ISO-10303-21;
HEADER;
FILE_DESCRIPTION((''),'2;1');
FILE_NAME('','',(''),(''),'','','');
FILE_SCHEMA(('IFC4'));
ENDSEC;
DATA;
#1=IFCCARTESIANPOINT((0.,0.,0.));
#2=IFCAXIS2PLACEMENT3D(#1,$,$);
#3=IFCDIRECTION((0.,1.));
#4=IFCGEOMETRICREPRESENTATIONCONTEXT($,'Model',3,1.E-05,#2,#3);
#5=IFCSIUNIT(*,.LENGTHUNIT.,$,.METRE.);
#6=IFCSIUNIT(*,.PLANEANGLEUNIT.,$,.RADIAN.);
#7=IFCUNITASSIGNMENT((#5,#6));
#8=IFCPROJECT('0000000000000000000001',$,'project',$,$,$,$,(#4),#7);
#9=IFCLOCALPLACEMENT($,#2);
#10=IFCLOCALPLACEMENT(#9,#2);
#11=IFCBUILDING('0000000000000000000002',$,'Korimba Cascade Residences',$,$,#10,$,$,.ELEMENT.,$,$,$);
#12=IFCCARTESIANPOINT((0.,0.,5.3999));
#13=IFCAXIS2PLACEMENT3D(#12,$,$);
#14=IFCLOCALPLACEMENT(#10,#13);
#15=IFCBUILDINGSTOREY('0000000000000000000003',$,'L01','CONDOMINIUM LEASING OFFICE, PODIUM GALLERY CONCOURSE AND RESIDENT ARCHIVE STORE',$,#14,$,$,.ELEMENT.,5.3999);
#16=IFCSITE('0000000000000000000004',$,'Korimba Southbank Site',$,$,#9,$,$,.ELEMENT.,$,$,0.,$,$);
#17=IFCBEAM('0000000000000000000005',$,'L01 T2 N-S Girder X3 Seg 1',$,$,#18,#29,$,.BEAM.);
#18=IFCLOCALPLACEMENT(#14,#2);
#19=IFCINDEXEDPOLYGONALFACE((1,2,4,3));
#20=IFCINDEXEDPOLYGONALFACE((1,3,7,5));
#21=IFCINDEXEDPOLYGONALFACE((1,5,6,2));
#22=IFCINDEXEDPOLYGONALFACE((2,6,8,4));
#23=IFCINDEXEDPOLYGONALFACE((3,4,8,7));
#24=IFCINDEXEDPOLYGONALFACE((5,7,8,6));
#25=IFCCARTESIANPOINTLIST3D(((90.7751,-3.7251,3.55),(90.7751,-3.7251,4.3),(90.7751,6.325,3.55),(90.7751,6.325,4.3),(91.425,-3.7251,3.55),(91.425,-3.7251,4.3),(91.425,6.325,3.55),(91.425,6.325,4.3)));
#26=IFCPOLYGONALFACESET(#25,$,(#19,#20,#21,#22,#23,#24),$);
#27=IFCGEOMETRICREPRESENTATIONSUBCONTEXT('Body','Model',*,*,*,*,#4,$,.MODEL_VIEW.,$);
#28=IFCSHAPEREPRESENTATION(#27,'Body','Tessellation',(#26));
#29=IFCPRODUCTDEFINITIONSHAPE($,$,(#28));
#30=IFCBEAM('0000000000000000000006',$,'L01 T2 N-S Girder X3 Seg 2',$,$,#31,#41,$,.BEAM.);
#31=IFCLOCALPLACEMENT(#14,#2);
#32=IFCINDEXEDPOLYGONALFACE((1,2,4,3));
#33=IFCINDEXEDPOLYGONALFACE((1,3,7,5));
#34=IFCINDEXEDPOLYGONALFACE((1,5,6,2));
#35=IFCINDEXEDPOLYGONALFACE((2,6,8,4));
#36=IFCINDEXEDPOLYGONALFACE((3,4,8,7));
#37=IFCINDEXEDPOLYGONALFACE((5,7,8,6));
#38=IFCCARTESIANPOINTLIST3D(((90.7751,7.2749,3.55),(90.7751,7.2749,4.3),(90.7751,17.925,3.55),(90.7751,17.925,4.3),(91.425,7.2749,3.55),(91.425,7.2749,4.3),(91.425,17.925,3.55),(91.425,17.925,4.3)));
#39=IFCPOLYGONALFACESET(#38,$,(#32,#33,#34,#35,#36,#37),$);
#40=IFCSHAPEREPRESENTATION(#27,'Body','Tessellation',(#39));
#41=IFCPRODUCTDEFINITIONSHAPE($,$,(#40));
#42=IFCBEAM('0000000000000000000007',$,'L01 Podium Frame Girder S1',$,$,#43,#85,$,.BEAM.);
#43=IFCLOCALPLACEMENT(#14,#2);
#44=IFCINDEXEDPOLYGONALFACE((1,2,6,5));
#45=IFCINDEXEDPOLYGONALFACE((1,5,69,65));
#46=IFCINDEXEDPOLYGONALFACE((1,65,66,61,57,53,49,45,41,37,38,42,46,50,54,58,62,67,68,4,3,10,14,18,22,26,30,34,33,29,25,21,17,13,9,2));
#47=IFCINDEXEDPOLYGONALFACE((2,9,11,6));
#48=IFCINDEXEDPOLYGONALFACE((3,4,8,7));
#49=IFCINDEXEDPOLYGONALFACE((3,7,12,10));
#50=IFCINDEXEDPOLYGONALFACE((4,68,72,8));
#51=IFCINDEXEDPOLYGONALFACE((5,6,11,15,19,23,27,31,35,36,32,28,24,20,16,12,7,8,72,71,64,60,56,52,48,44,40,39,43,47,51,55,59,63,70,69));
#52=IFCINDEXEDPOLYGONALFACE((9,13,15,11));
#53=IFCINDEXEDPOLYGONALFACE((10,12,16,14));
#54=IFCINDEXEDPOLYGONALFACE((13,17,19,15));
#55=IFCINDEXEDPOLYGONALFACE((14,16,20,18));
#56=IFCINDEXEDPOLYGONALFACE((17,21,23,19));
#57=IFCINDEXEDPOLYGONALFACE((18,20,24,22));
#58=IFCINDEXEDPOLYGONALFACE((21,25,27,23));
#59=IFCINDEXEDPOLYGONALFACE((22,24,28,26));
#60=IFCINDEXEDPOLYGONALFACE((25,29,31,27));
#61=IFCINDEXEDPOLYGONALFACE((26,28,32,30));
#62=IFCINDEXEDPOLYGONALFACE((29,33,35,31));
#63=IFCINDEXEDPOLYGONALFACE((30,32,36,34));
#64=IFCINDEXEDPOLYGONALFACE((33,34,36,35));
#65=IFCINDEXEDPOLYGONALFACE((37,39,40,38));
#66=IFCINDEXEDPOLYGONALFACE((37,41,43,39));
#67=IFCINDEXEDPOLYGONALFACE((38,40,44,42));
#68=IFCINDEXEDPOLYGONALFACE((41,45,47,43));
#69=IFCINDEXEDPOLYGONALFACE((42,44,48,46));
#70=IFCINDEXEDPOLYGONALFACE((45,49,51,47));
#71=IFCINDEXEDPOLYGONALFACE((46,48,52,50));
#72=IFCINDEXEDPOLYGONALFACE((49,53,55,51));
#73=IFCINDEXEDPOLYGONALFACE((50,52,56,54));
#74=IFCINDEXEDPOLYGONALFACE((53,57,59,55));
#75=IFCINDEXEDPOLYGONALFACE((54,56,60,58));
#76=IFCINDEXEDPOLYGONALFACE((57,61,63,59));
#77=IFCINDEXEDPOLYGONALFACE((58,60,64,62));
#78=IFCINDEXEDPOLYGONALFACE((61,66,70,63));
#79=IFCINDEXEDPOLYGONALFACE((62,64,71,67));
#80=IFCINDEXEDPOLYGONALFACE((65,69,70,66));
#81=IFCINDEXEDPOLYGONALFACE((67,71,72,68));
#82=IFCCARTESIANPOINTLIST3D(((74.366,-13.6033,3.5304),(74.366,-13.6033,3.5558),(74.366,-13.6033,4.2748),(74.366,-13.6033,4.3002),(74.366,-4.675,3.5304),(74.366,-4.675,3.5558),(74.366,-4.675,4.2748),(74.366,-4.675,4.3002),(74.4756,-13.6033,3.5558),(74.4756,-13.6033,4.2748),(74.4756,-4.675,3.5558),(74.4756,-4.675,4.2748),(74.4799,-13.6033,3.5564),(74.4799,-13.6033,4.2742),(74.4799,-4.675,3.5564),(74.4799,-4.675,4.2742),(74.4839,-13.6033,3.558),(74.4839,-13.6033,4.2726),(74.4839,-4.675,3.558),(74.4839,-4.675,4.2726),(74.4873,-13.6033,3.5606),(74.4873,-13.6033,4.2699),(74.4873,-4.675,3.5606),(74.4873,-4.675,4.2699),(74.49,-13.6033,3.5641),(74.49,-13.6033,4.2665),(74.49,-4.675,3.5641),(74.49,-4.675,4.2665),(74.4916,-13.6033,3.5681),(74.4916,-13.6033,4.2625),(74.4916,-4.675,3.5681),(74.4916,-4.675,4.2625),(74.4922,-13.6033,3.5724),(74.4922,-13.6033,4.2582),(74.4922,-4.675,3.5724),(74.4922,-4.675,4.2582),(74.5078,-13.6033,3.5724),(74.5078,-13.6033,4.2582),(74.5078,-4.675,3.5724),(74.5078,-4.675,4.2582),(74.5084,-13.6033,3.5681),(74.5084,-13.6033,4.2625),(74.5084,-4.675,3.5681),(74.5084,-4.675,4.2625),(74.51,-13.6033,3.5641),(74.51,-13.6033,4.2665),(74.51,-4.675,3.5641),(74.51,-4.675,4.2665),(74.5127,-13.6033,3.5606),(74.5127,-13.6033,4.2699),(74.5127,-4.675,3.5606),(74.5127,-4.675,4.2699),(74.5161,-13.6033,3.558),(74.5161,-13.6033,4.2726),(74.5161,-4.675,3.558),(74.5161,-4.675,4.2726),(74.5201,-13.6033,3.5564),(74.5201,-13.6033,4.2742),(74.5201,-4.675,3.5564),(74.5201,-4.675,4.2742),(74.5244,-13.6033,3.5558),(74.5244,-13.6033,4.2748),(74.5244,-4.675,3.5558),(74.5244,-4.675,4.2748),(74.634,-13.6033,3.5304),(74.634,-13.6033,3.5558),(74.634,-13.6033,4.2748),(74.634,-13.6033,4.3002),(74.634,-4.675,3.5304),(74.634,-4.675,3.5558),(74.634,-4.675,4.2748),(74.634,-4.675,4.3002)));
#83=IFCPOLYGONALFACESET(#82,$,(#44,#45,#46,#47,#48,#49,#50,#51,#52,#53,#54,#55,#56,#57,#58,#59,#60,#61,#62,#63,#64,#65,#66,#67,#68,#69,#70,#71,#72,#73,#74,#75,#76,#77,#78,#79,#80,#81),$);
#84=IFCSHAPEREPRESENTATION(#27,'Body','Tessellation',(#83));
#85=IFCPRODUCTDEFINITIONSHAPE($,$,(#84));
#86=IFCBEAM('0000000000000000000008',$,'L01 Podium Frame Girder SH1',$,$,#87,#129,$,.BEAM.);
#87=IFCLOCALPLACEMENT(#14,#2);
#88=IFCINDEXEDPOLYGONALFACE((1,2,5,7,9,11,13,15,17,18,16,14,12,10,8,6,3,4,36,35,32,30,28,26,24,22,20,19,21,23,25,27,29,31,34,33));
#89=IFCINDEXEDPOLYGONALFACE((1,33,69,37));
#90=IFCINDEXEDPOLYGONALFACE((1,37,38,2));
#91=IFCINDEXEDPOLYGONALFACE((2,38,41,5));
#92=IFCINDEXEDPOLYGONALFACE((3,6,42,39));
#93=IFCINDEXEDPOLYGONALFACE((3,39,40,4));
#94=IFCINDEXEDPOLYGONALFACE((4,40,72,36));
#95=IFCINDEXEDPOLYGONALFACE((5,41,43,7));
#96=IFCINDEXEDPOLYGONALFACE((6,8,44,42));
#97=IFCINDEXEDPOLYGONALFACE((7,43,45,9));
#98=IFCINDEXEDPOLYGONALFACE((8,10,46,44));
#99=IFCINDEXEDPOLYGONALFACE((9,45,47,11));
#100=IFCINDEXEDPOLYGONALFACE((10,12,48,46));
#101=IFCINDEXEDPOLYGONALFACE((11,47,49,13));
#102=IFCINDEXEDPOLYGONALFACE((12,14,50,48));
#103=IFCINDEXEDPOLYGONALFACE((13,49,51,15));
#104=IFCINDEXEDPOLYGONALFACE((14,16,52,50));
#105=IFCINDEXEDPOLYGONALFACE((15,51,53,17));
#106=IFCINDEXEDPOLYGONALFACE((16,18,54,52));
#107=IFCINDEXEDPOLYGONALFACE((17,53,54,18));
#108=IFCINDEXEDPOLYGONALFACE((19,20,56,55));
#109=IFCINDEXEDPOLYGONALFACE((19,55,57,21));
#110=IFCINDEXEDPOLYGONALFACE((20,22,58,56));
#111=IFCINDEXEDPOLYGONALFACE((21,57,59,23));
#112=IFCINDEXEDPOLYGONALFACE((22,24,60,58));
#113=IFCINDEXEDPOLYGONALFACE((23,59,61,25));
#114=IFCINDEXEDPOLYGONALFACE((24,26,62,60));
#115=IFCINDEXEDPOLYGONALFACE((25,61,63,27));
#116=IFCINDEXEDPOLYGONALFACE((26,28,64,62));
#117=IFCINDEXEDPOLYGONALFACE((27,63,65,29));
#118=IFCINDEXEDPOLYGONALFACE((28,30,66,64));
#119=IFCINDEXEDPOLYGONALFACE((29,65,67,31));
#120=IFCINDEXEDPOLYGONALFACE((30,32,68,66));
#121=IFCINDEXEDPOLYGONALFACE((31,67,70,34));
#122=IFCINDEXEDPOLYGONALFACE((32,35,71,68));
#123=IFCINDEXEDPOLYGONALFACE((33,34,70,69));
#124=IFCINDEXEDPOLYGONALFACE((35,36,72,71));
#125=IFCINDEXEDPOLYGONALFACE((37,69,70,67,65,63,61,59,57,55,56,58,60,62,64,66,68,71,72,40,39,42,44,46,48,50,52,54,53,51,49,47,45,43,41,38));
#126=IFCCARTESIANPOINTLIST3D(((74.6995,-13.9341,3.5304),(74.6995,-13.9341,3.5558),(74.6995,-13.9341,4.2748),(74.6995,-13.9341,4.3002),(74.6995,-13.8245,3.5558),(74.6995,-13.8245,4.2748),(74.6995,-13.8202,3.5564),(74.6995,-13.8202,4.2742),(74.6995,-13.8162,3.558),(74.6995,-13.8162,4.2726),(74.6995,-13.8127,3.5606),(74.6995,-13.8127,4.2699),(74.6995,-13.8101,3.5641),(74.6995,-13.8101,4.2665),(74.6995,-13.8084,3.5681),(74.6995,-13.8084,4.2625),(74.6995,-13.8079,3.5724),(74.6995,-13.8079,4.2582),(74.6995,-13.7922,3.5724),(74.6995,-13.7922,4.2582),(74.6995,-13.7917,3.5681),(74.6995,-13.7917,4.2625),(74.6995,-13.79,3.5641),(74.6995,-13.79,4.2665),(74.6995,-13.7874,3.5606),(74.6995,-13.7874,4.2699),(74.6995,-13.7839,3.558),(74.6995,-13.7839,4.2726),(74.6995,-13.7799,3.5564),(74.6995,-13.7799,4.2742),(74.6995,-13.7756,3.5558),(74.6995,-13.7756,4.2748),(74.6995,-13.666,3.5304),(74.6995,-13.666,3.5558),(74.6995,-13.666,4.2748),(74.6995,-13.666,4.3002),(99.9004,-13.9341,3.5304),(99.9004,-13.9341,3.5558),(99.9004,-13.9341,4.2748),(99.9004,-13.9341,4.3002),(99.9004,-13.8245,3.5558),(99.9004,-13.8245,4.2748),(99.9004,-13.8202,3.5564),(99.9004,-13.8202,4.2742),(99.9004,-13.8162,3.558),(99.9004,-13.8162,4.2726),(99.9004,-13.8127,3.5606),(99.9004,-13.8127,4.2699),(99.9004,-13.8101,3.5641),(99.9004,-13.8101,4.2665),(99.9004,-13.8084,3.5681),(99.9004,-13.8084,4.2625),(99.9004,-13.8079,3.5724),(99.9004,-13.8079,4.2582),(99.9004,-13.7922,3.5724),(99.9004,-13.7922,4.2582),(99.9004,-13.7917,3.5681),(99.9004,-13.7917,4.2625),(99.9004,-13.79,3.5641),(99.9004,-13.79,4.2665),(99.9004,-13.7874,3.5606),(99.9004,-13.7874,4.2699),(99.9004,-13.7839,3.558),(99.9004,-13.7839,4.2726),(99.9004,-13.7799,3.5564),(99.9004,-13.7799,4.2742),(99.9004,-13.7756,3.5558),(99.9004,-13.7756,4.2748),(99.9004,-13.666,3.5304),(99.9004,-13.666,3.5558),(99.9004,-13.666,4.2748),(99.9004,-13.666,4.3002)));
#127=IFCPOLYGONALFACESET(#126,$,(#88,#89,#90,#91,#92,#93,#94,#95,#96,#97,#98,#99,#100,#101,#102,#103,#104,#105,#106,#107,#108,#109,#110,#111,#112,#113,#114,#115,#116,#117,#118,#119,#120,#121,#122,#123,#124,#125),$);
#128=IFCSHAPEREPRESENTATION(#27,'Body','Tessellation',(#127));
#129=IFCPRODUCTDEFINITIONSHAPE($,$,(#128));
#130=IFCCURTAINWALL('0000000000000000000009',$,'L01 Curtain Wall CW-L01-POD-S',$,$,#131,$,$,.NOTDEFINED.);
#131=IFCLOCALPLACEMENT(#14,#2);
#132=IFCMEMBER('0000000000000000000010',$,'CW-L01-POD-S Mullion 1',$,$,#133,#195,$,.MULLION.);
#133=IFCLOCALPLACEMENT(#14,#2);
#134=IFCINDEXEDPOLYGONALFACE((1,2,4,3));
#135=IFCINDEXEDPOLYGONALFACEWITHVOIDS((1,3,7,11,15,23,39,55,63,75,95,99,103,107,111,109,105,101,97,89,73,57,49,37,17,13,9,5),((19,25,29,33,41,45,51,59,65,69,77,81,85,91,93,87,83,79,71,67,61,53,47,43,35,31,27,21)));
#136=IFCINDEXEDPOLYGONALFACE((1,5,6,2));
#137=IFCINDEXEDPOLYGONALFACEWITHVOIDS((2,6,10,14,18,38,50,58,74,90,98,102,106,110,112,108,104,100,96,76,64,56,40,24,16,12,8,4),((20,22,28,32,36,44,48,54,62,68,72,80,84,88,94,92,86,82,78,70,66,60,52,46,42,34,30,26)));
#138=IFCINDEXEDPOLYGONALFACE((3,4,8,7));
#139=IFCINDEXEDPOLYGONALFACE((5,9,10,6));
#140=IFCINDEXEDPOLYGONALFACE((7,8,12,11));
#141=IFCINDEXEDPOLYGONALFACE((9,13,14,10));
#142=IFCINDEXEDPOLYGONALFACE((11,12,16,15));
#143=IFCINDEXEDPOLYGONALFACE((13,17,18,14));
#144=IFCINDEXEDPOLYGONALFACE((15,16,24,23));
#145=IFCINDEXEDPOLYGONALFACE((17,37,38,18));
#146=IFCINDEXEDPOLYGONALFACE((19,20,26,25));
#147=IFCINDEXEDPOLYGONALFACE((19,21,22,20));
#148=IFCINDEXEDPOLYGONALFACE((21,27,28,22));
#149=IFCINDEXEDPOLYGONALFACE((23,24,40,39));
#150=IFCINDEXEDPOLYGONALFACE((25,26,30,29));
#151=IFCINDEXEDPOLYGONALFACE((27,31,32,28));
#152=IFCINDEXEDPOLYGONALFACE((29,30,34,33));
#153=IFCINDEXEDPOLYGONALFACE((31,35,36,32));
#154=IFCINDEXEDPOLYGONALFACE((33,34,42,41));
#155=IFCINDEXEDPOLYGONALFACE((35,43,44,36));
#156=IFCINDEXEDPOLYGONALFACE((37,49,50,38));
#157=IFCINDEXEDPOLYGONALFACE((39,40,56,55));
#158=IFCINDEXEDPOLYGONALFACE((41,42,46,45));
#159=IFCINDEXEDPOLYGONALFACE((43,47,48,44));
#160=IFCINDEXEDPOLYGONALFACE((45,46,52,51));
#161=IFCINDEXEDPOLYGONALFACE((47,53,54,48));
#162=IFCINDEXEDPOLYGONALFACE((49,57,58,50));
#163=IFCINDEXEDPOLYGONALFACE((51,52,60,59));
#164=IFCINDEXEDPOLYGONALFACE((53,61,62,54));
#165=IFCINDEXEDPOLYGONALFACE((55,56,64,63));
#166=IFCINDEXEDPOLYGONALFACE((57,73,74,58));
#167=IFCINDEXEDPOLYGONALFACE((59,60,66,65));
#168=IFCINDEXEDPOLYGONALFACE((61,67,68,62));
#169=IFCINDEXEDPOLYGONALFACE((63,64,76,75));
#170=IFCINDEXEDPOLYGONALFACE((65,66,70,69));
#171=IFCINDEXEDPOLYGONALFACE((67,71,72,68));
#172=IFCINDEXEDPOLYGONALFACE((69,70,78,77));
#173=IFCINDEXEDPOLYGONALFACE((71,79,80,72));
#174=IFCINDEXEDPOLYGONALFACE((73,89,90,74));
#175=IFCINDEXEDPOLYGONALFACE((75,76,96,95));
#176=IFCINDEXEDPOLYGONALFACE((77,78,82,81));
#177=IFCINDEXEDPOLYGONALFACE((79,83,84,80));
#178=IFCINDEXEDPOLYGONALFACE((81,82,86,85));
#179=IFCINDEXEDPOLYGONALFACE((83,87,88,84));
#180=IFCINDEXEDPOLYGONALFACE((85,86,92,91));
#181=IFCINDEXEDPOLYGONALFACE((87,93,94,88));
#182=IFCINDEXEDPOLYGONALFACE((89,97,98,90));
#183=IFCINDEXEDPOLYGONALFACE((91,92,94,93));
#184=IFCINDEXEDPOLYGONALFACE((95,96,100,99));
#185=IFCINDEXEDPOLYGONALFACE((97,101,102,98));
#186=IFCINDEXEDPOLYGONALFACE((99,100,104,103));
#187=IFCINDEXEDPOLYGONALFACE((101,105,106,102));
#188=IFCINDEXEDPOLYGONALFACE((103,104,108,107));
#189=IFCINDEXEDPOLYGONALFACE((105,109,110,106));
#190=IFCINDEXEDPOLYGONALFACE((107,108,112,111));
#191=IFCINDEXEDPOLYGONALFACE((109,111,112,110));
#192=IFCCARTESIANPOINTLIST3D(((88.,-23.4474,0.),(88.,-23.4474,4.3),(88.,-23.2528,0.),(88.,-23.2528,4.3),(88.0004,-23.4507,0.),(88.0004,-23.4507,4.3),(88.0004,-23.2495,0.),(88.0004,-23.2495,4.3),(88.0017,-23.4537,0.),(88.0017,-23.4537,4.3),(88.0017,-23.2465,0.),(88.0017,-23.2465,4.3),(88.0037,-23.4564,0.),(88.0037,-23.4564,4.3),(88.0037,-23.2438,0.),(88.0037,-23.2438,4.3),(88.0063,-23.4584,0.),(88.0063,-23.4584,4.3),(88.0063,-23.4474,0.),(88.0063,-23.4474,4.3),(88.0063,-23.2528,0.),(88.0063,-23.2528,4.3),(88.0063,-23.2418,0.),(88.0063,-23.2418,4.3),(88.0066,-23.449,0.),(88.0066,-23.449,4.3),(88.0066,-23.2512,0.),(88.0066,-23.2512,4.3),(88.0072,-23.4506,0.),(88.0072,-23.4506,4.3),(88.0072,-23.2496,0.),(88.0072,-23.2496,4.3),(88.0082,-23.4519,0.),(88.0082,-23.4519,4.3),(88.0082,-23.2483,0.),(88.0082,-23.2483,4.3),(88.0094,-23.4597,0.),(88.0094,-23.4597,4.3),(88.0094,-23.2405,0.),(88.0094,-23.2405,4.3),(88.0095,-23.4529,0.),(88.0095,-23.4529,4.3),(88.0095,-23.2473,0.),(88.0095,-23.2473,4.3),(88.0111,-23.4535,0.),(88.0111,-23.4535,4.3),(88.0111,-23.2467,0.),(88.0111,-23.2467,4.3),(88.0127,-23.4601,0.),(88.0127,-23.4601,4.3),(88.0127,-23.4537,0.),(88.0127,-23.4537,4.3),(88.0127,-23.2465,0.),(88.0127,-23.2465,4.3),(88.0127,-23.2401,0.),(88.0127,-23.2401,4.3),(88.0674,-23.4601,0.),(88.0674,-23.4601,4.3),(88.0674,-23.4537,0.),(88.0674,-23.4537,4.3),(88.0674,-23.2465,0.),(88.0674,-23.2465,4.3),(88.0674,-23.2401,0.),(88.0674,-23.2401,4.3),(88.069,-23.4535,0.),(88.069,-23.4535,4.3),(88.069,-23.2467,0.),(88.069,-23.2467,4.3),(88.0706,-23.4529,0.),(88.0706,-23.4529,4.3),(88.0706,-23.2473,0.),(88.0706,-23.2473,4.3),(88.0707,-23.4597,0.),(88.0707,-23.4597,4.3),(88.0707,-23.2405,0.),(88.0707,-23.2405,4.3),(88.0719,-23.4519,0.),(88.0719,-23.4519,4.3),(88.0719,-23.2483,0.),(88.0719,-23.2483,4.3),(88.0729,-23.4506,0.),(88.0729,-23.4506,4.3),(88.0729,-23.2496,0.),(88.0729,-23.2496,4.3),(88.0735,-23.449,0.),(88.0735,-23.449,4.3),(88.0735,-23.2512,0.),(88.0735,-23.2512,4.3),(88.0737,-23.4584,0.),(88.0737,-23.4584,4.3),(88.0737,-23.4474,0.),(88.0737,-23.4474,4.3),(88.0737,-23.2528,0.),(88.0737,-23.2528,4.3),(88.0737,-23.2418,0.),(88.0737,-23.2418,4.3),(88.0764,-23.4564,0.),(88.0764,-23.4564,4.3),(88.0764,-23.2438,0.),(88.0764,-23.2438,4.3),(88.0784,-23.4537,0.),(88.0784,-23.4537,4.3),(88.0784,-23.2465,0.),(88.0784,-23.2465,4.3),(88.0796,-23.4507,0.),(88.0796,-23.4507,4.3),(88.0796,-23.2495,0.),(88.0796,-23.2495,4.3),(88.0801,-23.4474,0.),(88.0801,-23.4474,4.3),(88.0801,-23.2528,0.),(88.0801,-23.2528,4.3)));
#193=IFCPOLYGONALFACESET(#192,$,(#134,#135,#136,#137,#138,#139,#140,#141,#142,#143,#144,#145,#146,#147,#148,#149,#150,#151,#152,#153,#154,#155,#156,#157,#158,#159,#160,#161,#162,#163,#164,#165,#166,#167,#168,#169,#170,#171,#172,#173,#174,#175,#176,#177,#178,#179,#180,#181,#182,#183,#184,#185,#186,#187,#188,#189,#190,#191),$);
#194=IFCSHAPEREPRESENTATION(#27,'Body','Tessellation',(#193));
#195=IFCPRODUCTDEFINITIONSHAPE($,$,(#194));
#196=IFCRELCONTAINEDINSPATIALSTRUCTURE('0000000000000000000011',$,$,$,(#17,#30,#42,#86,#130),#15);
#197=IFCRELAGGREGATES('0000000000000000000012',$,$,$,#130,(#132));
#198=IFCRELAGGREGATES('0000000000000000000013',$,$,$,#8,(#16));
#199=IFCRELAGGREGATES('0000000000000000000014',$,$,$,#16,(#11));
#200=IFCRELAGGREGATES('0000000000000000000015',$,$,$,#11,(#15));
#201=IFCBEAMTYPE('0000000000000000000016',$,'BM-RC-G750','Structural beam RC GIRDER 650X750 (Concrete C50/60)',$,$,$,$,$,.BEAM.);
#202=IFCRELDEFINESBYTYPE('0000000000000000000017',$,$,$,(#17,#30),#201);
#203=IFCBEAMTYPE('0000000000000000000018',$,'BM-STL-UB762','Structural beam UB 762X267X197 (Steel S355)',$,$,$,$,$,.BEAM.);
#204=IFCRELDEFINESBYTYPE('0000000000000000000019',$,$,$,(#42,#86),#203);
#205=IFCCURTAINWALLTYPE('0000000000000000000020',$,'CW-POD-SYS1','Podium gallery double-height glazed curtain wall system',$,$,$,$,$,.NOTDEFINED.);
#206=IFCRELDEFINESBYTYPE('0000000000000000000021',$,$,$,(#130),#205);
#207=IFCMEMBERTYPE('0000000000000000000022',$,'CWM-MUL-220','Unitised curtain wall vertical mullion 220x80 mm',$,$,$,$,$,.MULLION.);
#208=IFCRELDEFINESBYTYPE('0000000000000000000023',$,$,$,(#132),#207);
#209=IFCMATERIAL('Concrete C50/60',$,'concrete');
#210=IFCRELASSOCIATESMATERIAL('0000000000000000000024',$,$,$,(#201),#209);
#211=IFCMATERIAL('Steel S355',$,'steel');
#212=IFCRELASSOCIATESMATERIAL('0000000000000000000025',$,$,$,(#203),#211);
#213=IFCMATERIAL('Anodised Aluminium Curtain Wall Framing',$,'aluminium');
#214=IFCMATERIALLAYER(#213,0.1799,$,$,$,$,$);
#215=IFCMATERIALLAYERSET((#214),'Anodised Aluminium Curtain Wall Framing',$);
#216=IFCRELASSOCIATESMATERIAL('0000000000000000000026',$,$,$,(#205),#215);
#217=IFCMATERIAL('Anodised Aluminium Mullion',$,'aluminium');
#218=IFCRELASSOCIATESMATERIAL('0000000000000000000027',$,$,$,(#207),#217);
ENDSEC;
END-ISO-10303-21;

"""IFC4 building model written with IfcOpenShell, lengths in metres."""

from ifc_helpers import new_model, si_unit, direction, frame, origin, origin_2d, place, context, subcontext, project, spatial, rectangle, hollow_rectangle, i_section, extrude, material, layer, layer_set, material_profile, profile_set, type_object, element, aggregate, save


model = new_model("IFC4")

# Units and contexts
model_context = context("Model", 3, precision=1e-05, world=origin(), true_north=direction((0.0, 1.0)))
body_context = subcontext(model_context, "Body", "Model", "MODEL_VIEW")
ifc_project = project(units=[si_unit("LENGTHUNIT", "METRE"), si_unit("PLANEANGLEUNIT", "RADIAN")], contexts=[model_context])

# Site, building, storey
site_placement = place(None, origin())
site = spatial("IfcSite", under=ifc_project, at=site_placement, Name="Korimba Southbank Site", CompositionType="ELEMENT", RefElevation=0.0)
building_placement = place(site_placement, origin())
building = spatial("IfcBuilding", under=site, at=building_placement, Name="Korimba Cascade Residences", CompositionType="ELEMENT")
storey_placement = place(building_placement, frame((0.0, 0.0, 5.3999)))
storey = spatial("IfcBuildingStorey", under=building, at=storey_placement, Name="L01", Description="CONDOMINIUM LEASING OFFICE, PODIUM GALLERY CONCOURSE AND RESIDENT ARCHIVE STORE", CompositionType="ELEMENT", Elevation=5.3999)

# Shared definitions
ifc_material_1 = material(Name="Steel S355", Category="steel")

# Beams
ifc_material_2 = material(Name="Concrete C50/60", Category="concrete")
ifc_material_profile_1 = material_profile(ifc_material_2, rectangle(XDim=0.6499, YDim=0.75, at=origin_2d()), Name="Concrete C50/60")
ifc_profile_set_1 = profile_set([ifc_material_profile_1], Name="Concrete C50/60")
beam_type_1 = type_object("IfcBeamType", Name="BM-RC-G750", Description="Structural beam RC GIRDER 650X750 (Concrete C50/60)", PredefinedType="BEAM", material=ifc_profile_set_1)
beam_1_placement = place(storey_placement, frame((91.1001, -3.7251, 3.925), z_axis=(0.0, 1.0, 0.0), x_axis=(-1.0, 0.0, 0.0)))
element("IfcBeam", 1, at=beam_1_placement, inside=storey, type_object=beam_type_1, Name="L01 T2 N-S Girder X3 Seg 1", PredefinedType="BEAM", context=body_context, shape_type="SweptSolid", body=[
    extrude(rectangle(XDim=0.6499, YDim=0.75, at=origin_2d()), origin(), (0.0, 0.0, 1.0), 10.05),
])
beam_2_placement = place(storey_placement, frame((91.1001, 7.2749, 3.925), z_axis=(0.0, 1.0, 0.0), x_axis=(-1.0, 0.0, 0.0)))
element("IfcBeam", 2, at=beam_2_placement, inside=storey, type_object=beam_type_1, Name="L01 T2 N-S Girder X3 Seg 2", PredefinedType="BEAM", context=body_context, shape_type="SweptSolid", body=[
    extrude(rectangle(XDim=0.6499, YDim=0.75, at=origin_2d()), origin(), (0.0, 0.0, 1.0), 10.6501),
])
ifc_material_profile_2 = material_profile(ifc_material_1, i_section(OverallWidth=0.2681, OverallDepth=0.7698, WebThickness=0.0156, FlangeThickness=0.0254, FilletRadius=0.0166, at=origin_2d()), Name="Steel S355")
ifc_profile_set_2 = profile_set([ifc_material_profile_2], Name="Steel S355")
beam_type_2 = type_object("IfcBeamType", Name="BM-STL-UB762", Description="Structural beam UB 762X267X197 (Steel S355)", PredefinedType="BEAM", material=ifc_profile_set_2)
beam_3_placement = place(storey_placement, frame((74.5, -13.6033, 3.9153), z_axis=(0.0, 1.0, 0.0), x_axis=(-1.0, 0.0, 0.0)))
element("IfcBeam", 3, at=beam_3_placement, inside=storey, type_object=beam_type_2, Name="L01 Podium Frame Girder S1", PredefinedType="BEAM", context=body_context, shape_type="SweptSolid", body=[
    extrude(i_section(OverallWidth=0.2681, OverallDepth=0.7698, WebThickness=0.0156, FlangeThickness=0.0254, FilletRadius=0.0166, at=origin_2d()), origin(), (0.0, 0.0, 1.0), 8.9282),
])
beam_4_placement = place(storey_placement, frame((74.6995, -13.8, 3.9153), z_axis=(1.0, 0.0, 0.0), x_axis=(0.0, 1.0, 0.0)))
element("IfcBeam", 4, at=beam_4_placement, inside=storey, type_object=beam_type_2, Name="L01 Podium Frame Girder SH1", PredefinedType="BEAM", context=body_context, shape_type="SweptSolid", body=[
    extrude(i_section(OverallWidth=0.2681, OverallDepth=0.7698, WebThickness=0.0156, FlangeThickness=0.0254, FilletRadius=0.0166, at=origin_2d()), origin(), (0.0, 0.0, 1.0), 25.2009),
])

# Curtain wall, member
ifc_material_3 = material(Name="Anodised Aluminium Curtain Wall Framing", Category="aluminium")
ifc_layer_1 = layer(ifc_material_3, 0.1799)
ifc_layer_set_1 = layer_set([ifc_layer_1], Name="Anodised Aluminium Curtain Wall Framing")
curtain_wall_type = type_object("IfcCurtainWallType", Name="CW-POD-SYS1", Description="Podium gallery double-height glazed curtain wall system", PredefinedType="NOTDEFINED", material=ifc_layer_set_1)
curtain_wall_placement = place(storey_placement, origin())
curtain_wall = element("IfcCurtainWall", 5, at=curtain_wall_placement, inside=storey, type_object=curtain_wall_type, Name="L01 Curtain Wall CW-L01-POD-S", PredefinedType="NOTDEFINED")
ifc_material_4 = material(Name="Anodised Aluminium Mullion", Category="aluminium")
ifc_material_profile_3 = material_profile(ifc_material_4, hollow_rectangle(XDim=0.0801, YDim=0.22, WallThickness=0.0063, InnerFilletRadius=0.0063, OuterFilletRadius=0.0127, at=origin_2d()), Name="Anodised Aluminium Mullion")
ifc_profile_set_3 = profile_set([ifc_material_profile_3], Name="Anodised Aluminium Mullion")
member_type_1 = type_object("IfcMemberType", Name="CWM-MUL-220", Description="Unitised curtain wall vertical mullion 220x80 mm", PredefinedType="MULLION", material=ifc_profile_set_3)
member_1_placement = place(storey_placement, frame((88.04, -23.3501, 0.0), z_axis=(0.0, 0.0, 1.0), x_axis=(1.0, 0.0, 0.0)))
member_1 = element("IfcMember", 6, at=member_1_placement, type_object=member_type_1, Name="CW-L01-POD-S Mullion 1", PredefinedType="MULLION", context=body_context, shape_type="SweptSolid", body=[
    extrude(hollow_rectangle(XDim=0.0801, YDim=0.22, WallThickness=0.0063, InnerFilletRadius=0.0063, OuterFilletRadius=0.0127, at=origin_2d()), origin(), (0.0, 0.0, 1.0), 4.3),
])
aggregate(curtain_wall, [member_1])

save(model, "model.ifc")
